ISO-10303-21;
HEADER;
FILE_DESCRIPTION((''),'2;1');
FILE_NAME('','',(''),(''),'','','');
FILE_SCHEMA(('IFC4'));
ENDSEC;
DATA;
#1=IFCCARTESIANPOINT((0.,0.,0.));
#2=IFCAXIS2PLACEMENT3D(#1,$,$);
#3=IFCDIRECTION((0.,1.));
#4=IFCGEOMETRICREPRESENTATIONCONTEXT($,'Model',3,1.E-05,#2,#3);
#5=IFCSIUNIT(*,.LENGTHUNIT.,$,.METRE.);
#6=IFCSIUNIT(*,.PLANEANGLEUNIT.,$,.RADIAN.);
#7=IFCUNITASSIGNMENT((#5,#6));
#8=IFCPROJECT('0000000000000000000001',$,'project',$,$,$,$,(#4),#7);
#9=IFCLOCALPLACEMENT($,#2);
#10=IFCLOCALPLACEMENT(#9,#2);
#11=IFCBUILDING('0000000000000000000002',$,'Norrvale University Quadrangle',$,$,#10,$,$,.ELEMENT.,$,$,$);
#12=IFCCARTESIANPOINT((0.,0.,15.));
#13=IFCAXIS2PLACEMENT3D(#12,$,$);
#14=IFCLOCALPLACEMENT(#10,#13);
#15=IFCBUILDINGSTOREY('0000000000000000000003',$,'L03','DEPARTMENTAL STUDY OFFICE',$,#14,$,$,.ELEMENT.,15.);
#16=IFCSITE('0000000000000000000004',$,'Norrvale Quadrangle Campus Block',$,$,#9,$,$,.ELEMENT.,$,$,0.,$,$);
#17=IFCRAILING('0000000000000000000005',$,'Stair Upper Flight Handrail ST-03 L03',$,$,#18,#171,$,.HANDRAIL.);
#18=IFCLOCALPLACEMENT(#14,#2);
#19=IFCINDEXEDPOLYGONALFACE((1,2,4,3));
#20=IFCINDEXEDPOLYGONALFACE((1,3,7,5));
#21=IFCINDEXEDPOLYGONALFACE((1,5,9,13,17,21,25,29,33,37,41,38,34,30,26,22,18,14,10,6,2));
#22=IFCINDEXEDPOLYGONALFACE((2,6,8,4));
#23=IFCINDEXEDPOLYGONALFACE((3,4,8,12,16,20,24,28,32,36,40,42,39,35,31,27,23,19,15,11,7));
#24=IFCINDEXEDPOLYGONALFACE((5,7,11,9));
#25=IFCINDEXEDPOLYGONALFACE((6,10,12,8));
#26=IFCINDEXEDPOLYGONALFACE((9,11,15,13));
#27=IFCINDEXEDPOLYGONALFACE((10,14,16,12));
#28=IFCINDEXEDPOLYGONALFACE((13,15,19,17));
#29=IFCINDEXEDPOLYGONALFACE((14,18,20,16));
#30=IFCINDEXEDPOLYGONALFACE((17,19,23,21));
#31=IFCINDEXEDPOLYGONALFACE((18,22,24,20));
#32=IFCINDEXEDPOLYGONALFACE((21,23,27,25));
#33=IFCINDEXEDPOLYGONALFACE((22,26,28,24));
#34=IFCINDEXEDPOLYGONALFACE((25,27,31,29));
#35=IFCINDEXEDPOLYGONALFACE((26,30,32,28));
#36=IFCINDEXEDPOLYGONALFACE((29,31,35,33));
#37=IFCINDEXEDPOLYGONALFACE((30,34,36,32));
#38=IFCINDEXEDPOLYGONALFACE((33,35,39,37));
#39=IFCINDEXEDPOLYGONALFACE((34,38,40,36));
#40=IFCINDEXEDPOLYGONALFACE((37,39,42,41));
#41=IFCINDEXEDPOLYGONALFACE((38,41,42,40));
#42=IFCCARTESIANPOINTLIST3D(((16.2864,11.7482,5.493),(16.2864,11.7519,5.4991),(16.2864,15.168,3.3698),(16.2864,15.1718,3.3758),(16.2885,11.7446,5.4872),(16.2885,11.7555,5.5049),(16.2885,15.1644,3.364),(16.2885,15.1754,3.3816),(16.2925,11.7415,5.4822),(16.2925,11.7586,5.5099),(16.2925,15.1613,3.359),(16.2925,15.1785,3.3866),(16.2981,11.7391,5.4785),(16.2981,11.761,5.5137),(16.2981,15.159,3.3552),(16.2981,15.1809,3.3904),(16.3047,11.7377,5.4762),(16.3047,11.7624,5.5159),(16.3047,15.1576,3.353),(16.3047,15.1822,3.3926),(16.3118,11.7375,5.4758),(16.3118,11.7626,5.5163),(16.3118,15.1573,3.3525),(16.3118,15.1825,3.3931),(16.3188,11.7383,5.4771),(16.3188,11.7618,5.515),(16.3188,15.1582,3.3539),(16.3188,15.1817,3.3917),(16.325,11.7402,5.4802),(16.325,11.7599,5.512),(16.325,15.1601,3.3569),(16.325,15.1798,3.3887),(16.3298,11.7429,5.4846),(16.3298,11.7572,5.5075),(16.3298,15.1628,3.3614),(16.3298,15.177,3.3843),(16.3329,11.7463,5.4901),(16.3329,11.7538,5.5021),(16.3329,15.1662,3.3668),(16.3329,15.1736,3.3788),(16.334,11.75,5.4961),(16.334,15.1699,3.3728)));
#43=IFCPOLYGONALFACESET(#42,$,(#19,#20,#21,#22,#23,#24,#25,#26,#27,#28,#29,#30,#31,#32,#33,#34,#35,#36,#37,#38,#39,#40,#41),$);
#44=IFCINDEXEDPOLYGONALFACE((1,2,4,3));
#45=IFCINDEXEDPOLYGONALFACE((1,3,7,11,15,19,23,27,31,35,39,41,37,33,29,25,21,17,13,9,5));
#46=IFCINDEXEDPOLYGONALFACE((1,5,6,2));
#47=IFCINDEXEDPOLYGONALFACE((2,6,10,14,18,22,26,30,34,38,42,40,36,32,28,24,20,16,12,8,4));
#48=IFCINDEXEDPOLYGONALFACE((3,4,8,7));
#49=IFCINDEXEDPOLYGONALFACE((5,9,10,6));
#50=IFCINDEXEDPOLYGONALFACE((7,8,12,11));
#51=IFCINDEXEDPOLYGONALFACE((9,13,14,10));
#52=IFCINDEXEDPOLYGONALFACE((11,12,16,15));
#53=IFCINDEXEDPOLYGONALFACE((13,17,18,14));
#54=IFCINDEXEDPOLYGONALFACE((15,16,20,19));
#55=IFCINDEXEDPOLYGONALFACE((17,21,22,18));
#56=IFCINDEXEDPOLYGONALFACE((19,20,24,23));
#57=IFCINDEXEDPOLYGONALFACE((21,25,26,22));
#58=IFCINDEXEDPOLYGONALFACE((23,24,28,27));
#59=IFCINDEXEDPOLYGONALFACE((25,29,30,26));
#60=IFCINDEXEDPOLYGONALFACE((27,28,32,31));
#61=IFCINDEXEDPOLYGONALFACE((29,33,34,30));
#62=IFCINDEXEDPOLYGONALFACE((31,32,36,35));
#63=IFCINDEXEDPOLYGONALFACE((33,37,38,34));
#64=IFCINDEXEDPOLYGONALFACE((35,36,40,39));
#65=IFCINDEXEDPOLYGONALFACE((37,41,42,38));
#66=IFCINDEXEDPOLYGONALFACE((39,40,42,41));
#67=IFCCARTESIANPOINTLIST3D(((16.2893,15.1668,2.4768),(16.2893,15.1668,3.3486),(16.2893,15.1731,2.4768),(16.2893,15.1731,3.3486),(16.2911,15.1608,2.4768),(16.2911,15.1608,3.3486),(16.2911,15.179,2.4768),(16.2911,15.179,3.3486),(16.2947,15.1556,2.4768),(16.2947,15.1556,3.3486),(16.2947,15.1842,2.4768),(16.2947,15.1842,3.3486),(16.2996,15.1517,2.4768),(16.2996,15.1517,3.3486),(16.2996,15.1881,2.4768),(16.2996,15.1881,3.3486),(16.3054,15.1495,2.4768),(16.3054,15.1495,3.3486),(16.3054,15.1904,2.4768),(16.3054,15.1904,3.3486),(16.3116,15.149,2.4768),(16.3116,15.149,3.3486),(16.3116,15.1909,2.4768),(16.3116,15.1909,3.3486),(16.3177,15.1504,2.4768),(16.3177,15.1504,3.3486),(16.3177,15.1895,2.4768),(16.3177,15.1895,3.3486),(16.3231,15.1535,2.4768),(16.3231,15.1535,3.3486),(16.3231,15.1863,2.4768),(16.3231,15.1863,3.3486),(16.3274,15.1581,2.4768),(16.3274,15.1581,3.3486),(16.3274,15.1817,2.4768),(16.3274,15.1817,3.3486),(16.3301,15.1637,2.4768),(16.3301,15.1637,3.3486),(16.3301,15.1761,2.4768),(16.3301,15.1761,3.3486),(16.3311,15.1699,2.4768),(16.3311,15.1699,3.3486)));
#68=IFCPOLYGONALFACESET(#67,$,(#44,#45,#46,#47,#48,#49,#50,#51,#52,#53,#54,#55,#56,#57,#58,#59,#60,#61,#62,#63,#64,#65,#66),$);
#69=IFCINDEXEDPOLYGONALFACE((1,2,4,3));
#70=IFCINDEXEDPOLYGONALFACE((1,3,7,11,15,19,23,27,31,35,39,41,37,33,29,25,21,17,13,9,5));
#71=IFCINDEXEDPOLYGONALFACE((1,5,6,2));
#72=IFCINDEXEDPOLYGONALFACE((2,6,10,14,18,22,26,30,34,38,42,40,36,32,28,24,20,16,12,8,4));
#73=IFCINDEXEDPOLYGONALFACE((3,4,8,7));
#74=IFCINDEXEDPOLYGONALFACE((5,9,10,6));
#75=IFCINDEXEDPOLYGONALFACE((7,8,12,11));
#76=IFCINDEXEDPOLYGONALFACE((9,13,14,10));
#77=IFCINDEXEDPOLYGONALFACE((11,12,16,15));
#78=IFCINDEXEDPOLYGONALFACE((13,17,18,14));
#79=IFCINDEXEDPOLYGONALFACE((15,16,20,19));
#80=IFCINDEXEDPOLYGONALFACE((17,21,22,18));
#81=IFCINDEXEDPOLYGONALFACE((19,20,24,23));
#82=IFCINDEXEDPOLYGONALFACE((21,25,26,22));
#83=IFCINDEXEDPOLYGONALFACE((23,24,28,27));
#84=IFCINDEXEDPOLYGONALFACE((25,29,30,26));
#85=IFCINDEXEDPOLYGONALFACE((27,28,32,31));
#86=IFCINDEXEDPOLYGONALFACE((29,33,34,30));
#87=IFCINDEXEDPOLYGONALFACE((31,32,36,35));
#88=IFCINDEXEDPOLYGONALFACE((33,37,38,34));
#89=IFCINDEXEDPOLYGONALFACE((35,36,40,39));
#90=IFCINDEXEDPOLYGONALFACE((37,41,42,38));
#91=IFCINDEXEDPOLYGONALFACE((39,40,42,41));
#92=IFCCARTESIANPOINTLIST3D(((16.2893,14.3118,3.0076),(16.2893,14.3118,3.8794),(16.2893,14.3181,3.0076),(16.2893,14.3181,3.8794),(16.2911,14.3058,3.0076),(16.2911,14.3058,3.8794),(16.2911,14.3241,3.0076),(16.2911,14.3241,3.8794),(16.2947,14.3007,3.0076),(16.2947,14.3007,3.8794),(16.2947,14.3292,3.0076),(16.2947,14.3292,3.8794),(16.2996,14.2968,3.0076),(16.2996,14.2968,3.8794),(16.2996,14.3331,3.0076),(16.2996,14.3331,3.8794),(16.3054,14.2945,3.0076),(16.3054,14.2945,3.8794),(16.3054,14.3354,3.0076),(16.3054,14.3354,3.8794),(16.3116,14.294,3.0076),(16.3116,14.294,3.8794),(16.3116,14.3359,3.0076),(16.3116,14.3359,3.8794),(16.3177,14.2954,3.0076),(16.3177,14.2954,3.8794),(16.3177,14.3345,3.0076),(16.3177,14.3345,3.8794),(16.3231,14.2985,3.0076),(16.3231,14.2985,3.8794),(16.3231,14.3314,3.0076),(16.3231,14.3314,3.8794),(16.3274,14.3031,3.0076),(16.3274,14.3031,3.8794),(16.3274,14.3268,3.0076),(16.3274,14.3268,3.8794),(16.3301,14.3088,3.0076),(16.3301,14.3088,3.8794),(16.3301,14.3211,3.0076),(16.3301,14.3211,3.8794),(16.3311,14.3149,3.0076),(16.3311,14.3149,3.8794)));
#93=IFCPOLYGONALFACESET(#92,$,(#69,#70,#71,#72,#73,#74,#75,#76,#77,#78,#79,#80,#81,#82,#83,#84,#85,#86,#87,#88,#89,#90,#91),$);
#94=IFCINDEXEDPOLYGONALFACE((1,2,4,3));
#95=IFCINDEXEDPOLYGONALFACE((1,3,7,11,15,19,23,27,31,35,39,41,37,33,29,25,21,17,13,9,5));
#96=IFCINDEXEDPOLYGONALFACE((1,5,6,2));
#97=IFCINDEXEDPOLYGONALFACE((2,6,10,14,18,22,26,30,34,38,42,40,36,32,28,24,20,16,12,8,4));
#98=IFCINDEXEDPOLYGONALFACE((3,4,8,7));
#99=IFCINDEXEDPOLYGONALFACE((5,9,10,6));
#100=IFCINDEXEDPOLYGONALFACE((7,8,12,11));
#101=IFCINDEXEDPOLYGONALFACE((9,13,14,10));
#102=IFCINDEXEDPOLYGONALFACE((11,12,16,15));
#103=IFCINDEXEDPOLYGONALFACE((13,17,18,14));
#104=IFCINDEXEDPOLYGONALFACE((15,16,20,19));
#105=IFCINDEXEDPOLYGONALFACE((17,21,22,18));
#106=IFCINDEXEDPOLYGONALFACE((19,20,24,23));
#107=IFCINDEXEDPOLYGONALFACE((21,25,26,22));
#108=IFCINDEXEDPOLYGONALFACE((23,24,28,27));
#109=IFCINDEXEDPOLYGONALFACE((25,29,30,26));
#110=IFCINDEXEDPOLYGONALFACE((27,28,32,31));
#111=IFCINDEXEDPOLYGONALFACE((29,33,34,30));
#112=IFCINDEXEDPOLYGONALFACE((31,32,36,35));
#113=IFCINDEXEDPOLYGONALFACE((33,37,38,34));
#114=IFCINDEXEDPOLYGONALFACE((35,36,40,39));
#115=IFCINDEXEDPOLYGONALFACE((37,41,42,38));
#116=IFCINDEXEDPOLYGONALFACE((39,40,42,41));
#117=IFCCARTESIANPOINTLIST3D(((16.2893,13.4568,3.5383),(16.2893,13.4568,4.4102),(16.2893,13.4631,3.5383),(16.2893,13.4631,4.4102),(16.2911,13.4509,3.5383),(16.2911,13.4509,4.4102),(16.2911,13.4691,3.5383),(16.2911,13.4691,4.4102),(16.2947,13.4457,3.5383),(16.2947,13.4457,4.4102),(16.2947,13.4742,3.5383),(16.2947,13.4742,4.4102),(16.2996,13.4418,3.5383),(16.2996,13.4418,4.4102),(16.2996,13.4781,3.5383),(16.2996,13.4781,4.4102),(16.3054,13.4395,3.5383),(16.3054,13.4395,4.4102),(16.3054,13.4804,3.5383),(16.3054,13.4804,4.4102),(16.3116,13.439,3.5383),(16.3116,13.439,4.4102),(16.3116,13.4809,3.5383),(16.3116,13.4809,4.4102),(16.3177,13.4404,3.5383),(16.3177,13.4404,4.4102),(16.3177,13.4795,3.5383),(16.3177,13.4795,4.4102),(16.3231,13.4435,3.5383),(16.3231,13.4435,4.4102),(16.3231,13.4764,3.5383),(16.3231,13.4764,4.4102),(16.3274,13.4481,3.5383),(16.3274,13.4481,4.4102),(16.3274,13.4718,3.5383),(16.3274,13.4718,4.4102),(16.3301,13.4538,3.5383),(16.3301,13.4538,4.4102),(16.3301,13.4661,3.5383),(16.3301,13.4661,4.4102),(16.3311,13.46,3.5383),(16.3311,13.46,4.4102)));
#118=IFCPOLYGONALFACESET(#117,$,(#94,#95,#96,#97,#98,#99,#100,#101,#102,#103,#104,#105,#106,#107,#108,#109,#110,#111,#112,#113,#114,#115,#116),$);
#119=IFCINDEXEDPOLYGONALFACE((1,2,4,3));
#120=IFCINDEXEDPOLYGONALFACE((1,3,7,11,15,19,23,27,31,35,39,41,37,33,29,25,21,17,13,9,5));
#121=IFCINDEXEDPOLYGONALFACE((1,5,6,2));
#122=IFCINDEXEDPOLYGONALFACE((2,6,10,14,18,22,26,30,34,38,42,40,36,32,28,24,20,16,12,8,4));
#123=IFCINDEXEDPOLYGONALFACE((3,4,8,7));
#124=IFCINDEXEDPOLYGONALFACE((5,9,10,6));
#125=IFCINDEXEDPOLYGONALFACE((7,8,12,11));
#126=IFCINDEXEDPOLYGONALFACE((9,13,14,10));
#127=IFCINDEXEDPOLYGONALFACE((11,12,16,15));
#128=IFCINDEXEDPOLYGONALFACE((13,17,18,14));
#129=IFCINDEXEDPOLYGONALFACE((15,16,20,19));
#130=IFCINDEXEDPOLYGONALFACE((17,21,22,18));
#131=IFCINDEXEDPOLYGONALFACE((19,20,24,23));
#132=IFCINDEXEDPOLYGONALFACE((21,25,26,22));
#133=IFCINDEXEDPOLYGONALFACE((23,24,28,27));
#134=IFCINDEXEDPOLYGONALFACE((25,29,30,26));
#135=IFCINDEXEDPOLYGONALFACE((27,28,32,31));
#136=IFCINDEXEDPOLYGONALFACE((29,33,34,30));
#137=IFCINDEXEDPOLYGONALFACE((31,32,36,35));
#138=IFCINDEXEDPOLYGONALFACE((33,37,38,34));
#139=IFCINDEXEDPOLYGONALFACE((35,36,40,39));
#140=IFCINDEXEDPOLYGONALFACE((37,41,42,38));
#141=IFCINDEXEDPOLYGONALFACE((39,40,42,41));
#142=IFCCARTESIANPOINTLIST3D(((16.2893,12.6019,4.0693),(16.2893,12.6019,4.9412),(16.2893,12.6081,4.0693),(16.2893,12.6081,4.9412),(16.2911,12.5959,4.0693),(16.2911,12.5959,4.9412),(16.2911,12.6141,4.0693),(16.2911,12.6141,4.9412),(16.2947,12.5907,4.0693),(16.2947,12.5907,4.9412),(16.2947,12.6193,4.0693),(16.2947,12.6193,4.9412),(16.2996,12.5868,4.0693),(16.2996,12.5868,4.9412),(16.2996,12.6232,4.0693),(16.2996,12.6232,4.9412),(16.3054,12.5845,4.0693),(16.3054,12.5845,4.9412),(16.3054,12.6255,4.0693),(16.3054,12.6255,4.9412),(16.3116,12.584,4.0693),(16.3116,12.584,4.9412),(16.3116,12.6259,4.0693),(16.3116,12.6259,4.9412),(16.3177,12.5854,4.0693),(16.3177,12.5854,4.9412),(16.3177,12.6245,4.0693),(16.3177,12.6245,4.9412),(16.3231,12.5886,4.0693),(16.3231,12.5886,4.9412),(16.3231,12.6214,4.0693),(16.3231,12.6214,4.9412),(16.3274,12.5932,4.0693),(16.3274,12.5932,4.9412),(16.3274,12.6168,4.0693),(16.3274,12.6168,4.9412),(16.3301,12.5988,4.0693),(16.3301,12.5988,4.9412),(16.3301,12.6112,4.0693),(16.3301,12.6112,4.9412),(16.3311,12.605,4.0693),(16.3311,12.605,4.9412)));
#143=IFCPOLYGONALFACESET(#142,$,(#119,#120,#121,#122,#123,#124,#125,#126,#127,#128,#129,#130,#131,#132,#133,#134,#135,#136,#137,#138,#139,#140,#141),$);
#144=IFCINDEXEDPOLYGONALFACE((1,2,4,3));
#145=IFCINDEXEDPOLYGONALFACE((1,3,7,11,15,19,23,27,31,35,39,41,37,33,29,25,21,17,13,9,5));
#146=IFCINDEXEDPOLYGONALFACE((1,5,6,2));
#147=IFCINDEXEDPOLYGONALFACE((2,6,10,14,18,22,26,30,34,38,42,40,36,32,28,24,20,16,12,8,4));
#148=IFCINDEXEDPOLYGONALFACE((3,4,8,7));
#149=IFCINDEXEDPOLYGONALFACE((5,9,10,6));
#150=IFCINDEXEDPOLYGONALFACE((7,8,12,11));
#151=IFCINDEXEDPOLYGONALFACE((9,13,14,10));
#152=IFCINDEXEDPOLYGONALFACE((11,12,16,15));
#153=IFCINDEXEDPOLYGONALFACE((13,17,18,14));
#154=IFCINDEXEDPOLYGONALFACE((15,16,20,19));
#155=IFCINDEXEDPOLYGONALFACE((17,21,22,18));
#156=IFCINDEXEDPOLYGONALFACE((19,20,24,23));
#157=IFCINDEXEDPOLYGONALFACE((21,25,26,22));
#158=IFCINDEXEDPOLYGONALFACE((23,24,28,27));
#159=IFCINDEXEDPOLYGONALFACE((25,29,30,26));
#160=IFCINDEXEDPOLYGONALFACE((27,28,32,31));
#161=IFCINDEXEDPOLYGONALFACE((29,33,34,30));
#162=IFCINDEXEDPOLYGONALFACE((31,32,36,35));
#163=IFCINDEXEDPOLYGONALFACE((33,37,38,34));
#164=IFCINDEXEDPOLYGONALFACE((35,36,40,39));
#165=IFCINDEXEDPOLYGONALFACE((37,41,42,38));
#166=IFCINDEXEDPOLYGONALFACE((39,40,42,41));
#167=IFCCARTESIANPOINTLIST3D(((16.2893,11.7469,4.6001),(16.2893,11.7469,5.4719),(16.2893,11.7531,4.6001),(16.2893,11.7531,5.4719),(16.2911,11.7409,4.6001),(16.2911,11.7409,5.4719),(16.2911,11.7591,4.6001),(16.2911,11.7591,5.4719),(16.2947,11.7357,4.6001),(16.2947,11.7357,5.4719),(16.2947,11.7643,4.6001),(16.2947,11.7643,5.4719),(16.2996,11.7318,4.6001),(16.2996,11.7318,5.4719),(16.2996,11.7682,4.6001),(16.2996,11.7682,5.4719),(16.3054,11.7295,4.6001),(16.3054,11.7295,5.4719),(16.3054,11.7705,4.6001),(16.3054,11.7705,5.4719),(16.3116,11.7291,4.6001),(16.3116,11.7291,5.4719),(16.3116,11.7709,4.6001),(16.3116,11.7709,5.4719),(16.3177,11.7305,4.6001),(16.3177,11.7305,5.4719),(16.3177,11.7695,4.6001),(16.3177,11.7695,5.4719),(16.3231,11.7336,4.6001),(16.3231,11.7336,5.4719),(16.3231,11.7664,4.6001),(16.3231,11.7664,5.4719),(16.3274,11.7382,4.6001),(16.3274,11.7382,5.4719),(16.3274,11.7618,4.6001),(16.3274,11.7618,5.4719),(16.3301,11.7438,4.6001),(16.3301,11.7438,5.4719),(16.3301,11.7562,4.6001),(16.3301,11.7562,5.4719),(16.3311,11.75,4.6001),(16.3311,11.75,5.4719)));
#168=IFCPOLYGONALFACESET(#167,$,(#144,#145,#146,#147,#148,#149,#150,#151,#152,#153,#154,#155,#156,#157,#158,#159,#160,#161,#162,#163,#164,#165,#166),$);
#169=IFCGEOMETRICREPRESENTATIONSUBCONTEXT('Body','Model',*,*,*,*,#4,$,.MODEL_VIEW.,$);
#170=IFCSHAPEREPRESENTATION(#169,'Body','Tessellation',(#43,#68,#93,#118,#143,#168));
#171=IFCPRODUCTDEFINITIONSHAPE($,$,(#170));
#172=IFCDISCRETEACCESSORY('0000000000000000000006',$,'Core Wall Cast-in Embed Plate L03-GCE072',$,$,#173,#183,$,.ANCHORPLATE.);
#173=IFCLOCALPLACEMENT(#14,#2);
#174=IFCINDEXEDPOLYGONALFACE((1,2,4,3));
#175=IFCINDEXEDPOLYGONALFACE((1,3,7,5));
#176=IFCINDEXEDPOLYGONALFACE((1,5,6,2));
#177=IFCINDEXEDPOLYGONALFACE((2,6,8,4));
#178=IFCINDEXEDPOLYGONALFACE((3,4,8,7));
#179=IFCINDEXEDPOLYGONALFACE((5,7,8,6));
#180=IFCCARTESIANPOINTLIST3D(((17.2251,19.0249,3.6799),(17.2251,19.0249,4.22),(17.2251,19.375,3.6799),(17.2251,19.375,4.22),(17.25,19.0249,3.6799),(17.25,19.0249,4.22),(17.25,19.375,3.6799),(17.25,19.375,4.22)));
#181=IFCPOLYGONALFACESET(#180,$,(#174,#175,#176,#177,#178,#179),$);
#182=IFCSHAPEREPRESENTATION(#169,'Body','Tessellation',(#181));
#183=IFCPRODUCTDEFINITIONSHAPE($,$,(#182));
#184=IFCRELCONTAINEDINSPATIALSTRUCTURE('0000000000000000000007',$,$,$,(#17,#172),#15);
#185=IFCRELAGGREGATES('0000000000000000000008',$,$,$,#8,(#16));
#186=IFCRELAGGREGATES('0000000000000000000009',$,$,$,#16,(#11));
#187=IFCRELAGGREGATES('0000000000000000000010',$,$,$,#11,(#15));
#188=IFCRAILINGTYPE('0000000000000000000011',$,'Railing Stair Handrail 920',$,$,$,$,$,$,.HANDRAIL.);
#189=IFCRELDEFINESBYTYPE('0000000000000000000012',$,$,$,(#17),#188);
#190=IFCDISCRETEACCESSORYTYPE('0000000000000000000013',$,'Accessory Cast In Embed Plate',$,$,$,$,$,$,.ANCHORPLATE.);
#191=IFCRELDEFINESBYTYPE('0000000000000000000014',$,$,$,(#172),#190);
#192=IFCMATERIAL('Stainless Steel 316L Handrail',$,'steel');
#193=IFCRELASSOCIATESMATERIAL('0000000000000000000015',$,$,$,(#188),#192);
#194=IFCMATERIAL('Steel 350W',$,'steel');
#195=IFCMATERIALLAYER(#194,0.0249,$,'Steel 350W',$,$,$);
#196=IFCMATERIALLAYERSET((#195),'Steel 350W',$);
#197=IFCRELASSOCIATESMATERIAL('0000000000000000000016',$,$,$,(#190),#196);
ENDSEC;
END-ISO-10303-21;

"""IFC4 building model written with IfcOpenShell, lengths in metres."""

from ifc_helpers import new_model, si_unit, direction, frame, origin, origin_2d, place, context, subcontext, project, spatial, rectangle, circle, extrude, material, layer, layer_set, type_object, element, save


model = new_model("IFC4")

# Units and contexts
model_context = context("Model", 3, precision=1e-05, world=origin(), true_north=direction((0.0, 1.0)))
body_context = subcontext(model_context, "Body", "Model", "MODEL_VIEW")
ifc_project = project(units=[si_unit("LENGTHUNIT", "METRE"), si_unit("PLANEANGLEUNIT", "RADIAN")], contexts=[model_context])

# Site, building, storey
site_placement = place(None, origin())
site = spatial("IfcSite", under=ifc_project, at=site_placement, Name="Norrvale Quadrangle Campus Block", CompositionType="ELEMENT", RefElevation=0.0)
building_placement = place(site_placement, origin())
building = spatial("IfcBuilding", under=site, at=building_placement, Name="Norrvale University Quadrangle", CompositionType="ELEMENT")
storey_placement = place(building_placement, frame((0.0, 0.0, 15.0)))
storey = spatial("IfcBuildingStorey", under=building, at=storey_placement, Name="L03", Description="DEPARTMENTAL STUDY OFFICE", CompositionType="ELEMENT", Elevation=15.0)

# Shared definitions
ifc_material_1 = material(Name="Steel 350W", Category="steel")

# Railing
ifc_material_2 = material(Name="Stainless Steel 316L Handrail", Category="steel")
railing_type_1 = type_object("IfcRailingType", Name="Railing Stair Handrail 920", PredefinedType="HANDRAIL", material=ifc_material_2)
railing_1_placement = place(storey_placement, frame((16.3101, 15.1699, 2.4768)))
element("IfcRailing", 1, at=railing_1_placement, inside=storey, type_object=railing_type_1, Name="Stair Upper Flight Handrail ST-03 L03", PredefinedType="HANDRAIL", context=body_context, shape_type="SweptSolid", body=[
    extrude(circle(Radius=0.0239, at=origin_2d()), frame((0.0, 0.0, 0.896), z_axis=(0.0, -0.849576, 0.527467), x_axis=(1.0, 0.0, 0.0)), (0.0, 0.0, 1.0), 4.0254),
    extrude(circle(Radius=0.021, at=origin_2d()), origin(), (0.0, 0.0, 1.0), 0.8718),
    extrude(circle(Radius=0.021, at=origin_2d()), frame((0.0, -0.855, 0.5308)), (0.0, 0.0, 1.0), 0.8718),
    extrude(circle(Radius=0.021, at=origin_2d()), frame((0.0, -1.71, 1.0615)), (0.0, 0.0, 1.0), 0.8718),
    extrude(circle(Radius=0.021, at=origin_2d()), frame((0.0, -2.5649, 1.5925)), (0.0, 0.0, 1.0), 0.8718),
    extrude(circle(Radius=0.021, at=origin_2d()), frame((0.0, -3.4199, 2.1233)), (0.0, 0.0, 1.0), 0.8718),
])

# Discrete accessory
ifc_layer_1 = layer(ifc_material_1, 0.0249, Name="Steel 350W")
ifc_layer_set_1 = layer_set([ifc_layer_1], Name="Steel 350W")
discrete_accessory_type = type_object("IfcDiscreteAccessoryType", Name="Accessory Cast In Embed Plate", PredefinedType="ANCHORPLATE", material=ifc_layer_set_1)
discrete_accessory_placement = place(storey_placement, frame((17.2375, 19.2, 3.6799), z_axis=(0.0, 0.0, 1.0), x_axis=(1.0, 0.0, 0.0)))
element("IfcDiscreteAccessory", 2, at=discrete_accessory_placement, inside=storey, type_object=discrete_accessory_type, Name="Core Wall Cast-in Embed Plate L03-GCE072", PredefinedType="ANCHORPLATE", context=body_context, shape_type="SweptSolid", body=[
    extrude(rectangle(XDim=0.0249, YDim=0.3501, at=origin_2d()), origin(), (0.0, 0.0, 1.0), 0.54),
])

save(model, "model.ifc")
